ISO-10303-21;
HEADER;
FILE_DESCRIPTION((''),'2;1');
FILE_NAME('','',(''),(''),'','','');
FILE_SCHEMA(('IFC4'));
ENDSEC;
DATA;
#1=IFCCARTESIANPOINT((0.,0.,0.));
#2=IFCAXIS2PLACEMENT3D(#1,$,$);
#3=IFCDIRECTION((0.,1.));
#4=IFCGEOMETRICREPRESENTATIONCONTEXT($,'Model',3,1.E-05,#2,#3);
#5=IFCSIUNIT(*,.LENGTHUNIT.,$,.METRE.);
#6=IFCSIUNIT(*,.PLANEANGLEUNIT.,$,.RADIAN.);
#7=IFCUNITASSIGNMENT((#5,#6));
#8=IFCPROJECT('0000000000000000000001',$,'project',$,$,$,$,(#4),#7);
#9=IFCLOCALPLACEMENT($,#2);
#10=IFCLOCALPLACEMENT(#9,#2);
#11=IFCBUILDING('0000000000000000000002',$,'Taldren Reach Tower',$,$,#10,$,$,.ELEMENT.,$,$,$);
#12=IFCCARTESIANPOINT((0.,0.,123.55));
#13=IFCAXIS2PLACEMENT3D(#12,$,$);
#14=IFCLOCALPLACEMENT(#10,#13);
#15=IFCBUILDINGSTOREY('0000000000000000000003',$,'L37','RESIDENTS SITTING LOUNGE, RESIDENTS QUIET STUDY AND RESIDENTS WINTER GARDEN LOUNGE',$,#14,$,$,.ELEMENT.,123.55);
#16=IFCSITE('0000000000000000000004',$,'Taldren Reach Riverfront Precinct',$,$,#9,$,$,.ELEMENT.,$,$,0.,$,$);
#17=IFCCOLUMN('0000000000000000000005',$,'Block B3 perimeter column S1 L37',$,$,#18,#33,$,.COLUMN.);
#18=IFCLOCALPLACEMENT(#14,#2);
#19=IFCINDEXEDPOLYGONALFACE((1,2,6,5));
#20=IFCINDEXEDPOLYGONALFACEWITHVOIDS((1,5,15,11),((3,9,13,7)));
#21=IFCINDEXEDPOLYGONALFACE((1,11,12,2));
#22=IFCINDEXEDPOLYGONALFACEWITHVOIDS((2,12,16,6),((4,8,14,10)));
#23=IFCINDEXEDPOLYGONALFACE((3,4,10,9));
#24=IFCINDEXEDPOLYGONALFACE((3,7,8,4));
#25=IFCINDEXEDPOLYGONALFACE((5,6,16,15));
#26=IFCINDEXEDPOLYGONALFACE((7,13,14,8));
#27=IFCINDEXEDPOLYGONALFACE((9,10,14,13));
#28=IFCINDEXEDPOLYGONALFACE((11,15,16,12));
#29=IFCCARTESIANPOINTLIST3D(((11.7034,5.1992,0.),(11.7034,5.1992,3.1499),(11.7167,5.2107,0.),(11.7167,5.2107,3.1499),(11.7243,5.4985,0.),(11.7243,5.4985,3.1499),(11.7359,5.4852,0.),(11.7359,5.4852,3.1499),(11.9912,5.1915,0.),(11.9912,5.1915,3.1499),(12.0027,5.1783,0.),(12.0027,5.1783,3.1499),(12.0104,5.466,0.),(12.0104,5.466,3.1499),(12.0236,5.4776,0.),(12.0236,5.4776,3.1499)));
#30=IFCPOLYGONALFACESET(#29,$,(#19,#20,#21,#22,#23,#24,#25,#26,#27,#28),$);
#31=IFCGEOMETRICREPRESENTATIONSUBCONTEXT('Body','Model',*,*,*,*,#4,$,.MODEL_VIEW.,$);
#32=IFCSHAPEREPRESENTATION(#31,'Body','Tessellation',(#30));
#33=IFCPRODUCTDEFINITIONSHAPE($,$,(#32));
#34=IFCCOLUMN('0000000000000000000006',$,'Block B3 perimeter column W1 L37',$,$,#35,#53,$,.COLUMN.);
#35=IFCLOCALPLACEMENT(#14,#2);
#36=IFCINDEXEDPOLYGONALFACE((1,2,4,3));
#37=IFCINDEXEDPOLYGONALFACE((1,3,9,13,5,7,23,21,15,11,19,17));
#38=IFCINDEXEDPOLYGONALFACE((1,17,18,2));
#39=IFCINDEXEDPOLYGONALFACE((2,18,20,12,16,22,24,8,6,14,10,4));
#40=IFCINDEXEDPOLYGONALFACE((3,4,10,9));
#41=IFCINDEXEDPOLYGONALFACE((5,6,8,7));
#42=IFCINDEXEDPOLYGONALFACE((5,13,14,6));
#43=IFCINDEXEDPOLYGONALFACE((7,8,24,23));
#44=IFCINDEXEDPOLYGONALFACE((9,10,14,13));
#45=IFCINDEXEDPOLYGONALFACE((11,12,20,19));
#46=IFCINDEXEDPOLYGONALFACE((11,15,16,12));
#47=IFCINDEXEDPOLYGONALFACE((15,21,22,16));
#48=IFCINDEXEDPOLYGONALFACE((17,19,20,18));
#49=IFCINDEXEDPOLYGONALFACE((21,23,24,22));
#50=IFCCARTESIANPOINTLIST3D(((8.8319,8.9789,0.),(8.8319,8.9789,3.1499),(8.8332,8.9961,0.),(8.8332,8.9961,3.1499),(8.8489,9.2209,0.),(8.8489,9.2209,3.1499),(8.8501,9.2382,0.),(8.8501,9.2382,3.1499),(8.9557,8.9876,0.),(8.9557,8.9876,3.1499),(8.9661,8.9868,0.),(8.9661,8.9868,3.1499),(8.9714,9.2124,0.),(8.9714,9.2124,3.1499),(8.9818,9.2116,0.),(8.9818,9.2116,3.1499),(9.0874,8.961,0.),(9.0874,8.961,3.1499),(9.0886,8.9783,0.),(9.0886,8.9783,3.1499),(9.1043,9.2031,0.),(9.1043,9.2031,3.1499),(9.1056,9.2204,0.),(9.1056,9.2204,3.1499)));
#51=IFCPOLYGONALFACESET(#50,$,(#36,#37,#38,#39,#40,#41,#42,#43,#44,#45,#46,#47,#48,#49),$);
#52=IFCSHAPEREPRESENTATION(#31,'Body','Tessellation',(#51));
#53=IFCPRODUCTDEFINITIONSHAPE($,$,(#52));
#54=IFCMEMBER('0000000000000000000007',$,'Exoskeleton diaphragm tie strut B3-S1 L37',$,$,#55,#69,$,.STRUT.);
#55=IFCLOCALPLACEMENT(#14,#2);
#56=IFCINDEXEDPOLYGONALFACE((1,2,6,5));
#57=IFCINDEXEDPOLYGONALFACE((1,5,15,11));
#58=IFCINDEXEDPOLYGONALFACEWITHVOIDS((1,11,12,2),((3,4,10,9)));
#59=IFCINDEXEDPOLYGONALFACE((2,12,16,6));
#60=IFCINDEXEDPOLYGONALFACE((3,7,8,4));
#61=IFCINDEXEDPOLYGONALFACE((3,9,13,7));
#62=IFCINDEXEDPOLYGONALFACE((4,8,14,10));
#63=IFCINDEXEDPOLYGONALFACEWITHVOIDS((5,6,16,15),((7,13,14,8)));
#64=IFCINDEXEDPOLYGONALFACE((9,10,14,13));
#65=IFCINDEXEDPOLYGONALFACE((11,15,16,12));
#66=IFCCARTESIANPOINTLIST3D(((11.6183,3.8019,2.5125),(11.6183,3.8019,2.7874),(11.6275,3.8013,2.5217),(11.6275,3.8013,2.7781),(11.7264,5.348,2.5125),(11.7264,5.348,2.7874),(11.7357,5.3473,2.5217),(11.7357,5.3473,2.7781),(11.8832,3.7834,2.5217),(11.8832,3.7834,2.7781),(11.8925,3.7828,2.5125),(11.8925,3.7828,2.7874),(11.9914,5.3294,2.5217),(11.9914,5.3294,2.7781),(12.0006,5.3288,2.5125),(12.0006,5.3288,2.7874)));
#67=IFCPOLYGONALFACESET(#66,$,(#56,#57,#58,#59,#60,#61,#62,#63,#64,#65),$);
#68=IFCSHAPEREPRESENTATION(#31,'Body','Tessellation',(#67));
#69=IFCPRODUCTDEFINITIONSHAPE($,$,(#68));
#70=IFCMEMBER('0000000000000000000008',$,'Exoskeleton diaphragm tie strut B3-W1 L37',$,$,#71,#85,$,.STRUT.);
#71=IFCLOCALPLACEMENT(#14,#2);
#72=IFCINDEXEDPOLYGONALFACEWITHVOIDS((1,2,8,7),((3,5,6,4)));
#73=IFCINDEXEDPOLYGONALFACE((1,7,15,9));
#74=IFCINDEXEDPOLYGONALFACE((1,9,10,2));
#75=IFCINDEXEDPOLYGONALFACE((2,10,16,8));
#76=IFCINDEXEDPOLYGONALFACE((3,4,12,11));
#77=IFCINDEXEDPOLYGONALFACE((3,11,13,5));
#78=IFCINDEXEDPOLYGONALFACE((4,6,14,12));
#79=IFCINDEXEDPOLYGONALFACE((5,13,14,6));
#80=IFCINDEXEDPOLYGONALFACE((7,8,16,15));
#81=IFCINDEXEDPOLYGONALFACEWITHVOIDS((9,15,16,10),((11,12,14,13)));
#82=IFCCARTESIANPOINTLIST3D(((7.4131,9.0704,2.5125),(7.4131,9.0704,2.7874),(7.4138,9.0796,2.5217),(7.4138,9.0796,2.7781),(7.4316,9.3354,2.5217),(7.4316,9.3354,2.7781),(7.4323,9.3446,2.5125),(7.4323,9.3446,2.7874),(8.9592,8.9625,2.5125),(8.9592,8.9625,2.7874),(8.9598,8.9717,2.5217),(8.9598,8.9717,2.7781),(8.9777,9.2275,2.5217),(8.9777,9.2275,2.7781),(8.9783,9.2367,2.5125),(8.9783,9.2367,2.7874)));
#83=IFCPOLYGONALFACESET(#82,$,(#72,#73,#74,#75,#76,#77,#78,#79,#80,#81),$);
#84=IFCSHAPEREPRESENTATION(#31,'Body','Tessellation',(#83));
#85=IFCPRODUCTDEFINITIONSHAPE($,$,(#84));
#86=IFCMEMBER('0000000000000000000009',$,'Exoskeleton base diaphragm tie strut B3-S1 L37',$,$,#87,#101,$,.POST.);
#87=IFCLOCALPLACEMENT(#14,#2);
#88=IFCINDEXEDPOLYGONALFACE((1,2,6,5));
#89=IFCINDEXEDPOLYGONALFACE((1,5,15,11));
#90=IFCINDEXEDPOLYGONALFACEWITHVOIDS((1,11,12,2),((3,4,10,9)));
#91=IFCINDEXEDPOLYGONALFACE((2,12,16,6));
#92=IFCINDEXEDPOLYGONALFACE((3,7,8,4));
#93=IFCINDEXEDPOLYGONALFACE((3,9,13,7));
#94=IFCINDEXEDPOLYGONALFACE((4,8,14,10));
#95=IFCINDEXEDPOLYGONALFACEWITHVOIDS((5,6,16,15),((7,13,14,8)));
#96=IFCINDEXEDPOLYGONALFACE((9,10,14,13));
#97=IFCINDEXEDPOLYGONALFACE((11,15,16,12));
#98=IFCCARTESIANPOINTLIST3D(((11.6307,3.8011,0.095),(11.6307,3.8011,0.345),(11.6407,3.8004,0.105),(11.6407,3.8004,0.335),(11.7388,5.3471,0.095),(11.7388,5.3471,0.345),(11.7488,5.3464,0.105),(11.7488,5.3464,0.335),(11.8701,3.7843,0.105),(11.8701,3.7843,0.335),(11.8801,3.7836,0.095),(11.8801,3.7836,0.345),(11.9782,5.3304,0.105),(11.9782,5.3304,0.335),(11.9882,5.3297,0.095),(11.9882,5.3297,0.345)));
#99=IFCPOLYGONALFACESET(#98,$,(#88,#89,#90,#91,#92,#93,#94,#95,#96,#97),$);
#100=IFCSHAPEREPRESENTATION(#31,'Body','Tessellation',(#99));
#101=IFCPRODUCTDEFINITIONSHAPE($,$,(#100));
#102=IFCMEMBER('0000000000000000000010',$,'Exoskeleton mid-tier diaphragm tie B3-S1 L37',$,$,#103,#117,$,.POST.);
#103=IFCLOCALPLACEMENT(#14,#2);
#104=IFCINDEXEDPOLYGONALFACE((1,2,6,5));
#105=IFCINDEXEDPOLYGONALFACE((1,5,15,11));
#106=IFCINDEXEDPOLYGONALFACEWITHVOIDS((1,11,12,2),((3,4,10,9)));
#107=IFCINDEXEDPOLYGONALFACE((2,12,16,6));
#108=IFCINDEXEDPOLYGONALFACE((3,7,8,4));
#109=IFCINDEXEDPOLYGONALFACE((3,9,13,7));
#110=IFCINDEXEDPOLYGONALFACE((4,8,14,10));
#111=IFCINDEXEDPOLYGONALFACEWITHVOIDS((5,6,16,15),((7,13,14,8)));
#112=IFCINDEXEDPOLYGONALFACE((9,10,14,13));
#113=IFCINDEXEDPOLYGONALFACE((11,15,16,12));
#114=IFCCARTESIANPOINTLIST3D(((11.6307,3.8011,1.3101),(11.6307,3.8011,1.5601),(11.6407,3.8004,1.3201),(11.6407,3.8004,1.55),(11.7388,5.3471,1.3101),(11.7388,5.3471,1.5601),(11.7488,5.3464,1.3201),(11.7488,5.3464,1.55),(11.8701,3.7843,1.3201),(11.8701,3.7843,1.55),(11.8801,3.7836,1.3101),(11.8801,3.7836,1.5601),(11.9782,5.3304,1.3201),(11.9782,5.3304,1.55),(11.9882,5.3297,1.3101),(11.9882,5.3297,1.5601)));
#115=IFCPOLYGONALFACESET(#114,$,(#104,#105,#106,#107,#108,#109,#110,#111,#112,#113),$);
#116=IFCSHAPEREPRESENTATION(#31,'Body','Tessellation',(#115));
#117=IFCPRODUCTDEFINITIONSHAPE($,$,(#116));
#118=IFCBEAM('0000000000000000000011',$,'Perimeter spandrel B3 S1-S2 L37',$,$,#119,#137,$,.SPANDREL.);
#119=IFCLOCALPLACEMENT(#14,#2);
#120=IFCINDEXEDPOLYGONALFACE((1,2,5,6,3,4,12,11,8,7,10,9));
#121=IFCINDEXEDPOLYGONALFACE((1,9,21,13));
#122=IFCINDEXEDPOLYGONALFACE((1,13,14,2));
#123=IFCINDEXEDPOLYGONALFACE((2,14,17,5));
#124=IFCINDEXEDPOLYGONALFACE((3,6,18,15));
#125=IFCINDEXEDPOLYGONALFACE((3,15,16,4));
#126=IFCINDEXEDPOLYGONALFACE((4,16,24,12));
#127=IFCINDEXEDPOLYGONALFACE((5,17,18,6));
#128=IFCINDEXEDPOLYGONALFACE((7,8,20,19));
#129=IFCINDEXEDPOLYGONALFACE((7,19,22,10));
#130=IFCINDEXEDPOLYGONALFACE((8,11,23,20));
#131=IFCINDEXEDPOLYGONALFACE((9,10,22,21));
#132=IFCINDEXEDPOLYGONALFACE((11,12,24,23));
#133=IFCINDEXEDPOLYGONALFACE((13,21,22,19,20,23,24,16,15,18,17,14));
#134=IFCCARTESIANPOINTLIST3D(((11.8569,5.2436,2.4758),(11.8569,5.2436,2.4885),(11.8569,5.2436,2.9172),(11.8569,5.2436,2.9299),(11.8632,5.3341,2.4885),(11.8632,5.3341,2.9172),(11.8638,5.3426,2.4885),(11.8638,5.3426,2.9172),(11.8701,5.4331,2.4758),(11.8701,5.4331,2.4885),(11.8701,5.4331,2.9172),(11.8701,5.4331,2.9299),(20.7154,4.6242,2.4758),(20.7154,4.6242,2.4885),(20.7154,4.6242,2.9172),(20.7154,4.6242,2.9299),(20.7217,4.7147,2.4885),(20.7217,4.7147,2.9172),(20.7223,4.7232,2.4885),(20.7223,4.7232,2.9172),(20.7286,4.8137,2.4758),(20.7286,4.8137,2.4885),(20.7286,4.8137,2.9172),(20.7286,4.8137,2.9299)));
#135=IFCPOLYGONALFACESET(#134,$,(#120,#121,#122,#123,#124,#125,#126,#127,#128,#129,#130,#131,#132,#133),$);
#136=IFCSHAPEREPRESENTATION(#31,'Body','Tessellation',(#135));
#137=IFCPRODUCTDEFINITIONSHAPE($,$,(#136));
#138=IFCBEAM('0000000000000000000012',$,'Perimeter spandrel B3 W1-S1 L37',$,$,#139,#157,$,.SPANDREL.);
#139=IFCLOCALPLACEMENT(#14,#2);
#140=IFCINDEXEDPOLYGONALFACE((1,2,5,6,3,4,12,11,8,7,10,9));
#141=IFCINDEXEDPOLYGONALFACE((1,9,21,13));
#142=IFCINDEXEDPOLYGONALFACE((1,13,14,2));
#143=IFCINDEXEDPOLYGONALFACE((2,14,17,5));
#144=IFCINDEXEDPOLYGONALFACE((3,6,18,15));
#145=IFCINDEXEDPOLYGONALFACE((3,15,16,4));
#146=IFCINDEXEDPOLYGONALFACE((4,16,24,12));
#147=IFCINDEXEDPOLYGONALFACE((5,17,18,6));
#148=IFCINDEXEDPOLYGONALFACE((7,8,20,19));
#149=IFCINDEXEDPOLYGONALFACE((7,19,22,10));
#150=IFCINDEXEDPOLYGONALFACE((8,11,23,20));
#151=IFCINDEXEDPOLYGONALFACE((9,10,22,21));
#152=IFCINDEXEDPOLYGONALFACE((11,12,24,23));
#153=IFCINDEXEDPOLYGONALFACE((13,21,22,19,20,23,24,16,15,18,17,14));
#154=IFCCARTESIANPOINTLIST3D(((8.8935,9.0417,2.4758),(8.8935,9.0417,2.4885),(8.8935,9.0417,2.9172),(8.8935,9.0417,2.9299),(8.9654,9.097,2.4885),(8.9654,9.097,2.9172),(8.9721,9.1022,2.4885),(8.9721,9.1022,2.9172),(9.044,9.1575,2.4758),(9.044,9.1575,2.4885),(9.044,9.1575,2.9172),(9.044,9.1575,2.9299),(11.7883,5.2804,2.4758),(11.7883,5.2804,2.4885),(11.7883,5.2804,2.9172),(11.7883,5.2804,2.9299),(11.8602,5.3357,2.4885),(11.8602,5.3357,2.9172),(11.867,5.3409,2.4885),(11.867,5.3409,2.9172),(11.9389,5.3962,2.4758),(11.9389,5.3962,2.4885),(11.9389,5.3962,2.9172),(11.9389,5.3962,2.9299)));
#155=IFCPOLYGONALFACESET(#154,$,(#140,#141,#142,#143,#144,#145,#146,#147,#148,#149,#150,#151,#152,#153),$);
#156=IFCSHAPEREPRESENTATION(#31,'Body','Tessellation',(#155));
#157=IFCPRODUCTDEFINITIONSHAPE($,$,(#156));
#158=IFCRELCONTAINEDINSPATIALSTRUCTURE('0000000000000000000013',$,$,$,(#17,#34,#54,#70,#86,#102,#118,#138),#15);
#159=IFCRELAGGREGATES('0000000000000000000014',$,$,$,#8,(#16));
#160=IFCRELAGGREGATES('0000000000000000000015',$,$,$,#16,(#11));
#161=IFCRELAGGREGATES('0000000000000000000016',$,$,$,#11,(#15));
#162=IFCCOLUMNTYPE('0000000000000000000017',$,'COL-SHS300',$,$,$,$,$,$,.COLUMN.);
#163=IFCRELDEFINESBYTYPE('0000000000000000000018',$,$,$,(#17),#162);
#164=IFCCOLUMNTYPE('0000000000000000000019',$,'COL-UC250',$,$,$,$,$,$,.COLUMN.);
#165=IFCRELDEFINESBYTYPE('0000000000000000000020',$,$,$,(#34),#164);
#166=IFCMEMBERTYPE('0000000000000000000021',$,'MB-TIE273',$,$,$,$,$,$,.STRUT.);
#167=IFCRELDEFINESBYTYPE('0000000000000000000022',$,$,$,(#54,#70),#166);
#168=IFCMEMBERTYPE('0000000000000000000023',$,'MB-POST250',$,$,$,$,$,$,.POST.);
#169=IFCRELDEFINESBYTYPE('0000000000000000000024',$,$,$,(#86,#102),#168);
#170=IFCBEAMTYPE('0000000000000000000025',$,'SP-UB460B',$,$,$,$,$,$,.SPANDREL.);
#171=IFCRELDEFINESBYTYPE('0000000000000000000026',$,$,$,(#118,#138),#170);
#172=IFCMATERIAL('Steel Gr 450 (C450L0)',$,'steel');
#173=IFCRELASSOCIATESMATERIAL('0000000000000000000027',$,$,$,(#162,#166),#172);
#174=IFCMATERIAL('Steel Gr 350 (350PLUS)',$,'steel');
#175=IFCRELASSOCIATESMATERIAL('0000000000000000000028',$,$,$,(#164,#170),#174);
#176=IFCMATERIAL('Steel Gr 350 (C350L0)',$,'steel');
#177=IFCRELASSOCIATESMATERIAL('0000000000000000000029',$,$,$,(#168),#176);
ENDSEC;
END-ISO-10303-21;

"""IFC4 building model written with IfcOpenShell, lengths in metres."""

from ifc_helpers import new_model, si_unit, direction, frame, origin, origin_2d, place, context, subcontext, project, spatial, hollow_rectangle, i_section, extrude, source, transform, mapped, material, material_profile, profile_set, type_object, element, save


model = new_model("IFC4")

# Units and contexts
model_context = context("Model", 3, precision=1e-05, world=origin(), true_north=direction((0.0, 1.0)))
body_context = subcontext(model_context, "Body", "Model", "MODEL_VIEW")
ifc_project = project(units=[si_unit("LENGTHUNIT", "METRE"), si_unit("PLANEANGLEUNIT", "RADIAN")], contexts=[model_context])

# Site, building, storey
site_placement = place(None, origin())
site = spatial("IfcSite", under=ifc_project, at=site_placement, Name="Taldren Reach Riverfront Precinct", CompositionType="ELEMENT", RefElevation=0.0)
building_placement = place(site_placement, origin())
building = spatial("IfcBuilding", under=site, at=building_placement, Name="Taldren Reach Tower", CompositionType="ELEMENT")
storey_placement = place(building_placement, frame((0.0, 0.0, 123.55)))
storey = spatial("IfcBuildingStorey", under=building, at=storey_placement, Name="L37", Description="RESIDENTS SITTING LOUNGE, RESIDENTS QUIET STUDY AND RESIDENTS WINTER GARDEN LOUNGE", CompositionType="ELEMENT", Elevation=123.55)

# Columns
ifc_material_1 = material(Name="Steel Gr 450 (C450L0)", Category="steel")
ifc_material_profile_1 = material_profile(ifc_material_1, hollow_rectangle(XDim=0.3, YDim=0.3, WallThickness=0.0125, at=origin_2d()), Name="300x300x12.5SHS")
ifc_profile_set_1 = profile_set([ifc_material_profile_1], Name="Steel Gr 450 (C450L0)")
column_type_1 = type_object("IfcColumnType", Name="COL-SHS300", PredefinedType="COLUMN", material=ifc_profile_set_1)
shared_shape_1 = source(origin(), body_context, "Body", "SweptSolid", [
    extrude(hollow_rectangle(XDim=0.3, YDim=0.3, WallThickness=0.0125, at=origin_2d()), origin(), (0.0, 0.0, 1.0), 3.1499),
])
column_1_placement = place(storey_placement, frame((11.8635, 5.3384, 0.0), z_axis=(0.0, 0.0, 1.0), x_axis=(0.997564, -0.069756, 0.0)))
element("IfcColumn", 1, at=column_1_placement, inside=storey, type_object=column_type_1, Name="Block B3 perimeter column S1 L37", PredefinedType="COLUMN", context=body_context, shape_type="MappedRepresentation", body=[
    mapped(shared_shape_1, transform((0.0, 0.0, 0.0), scale=1.0)),
])
ifc_material_2 = material(Name="Steel Gr 350 (350PLUS)", Category="steel")
ifc_material_profile_2 = material_profile(ifc_material_2, i_section(OverallWidth=0.2561, OverallDepth=0.26, WebThickness=0.0105, FlangeThickness=0.0173, at=origin_2d()), Name="250UC89.5")
ifc_profile_set_2 = profile_set([ifc_material_profile_2], Name="Steel Gr 350 (350PLUS)")
column_type_2 = type_object("IfcColumnType", Name="COL-UC250", PredefinedType="COLUMN", material=ifc_profile_set_2)
shared_shape_2 = source(origin(), body_context, "Body", "SweptSolid", [
    extrude(i_section(OverallWidth=0.2561, OverallDepth=0.26, WebThickness=0.0105, FlangeThickness=0.0173, at=origin_2d()), origin(), (0.0, 0.0, 1.0), 3.1499),
])
column_2_placement = place(storey_placement, frame((8.9688, 9.0996, 0.0), z_axis=(0.0, 0.0, 1.0), x_axis=(0.997564, -0.069756, 0.0)))
element("IfcColumn", 2, at=column_2_placement, inside=storey, type_object=column_type_2, Name="Block B3 perimeter column W1 L37", PredefinedType="COLUMN", context=body_context, shape_type="MappedRepresentation", body=[
    mapped(shared_shape_2, transform((0.0, 0.0, 0.0), scale=1.0)),
])

# Members
ifc_material_profile_3 = material_profile(ifc_material_1, hollow_rectangle(XDim=0.2749, YDim=0.2749, WallThickness=0.0093, at=origin_2d()), Name="275x275x9.3SHS")
ifc_profile_set_3 = profile_set([ifc_material_profile_3], Name="Steel Gr 450 (C450L0)")
member_type_1 = type_object("IfcMemberType", Name="MB-TIE273", PredefinedType="STRUT", material=ifc_profile_set_3)
shared_shape_3 = source(origin(), body_context, "Body", "SweptSolid", [
    extrude(hollow_rectangle(XDim=0.2749, YDim=0.2749, WallThickness=0.0093, at=origin_2d()), origin(), (0.0, 0.0, 1.0), 1.5498),
])
for number, where, z_axis, x_axis, name in (
    (3, (11.8635, 5.3384, 2.6499), (-0.069781, -0.997562, 0.0), (0.997562, -0.069781, 0.0), "Exoskeleton diaphragm tie strut B3-S1 L37"),
    (4, (8.9688, 9.0996, 2.6499), (-0.997573, 0.069624, 0.0), (-0.069624, -0.997573, 0.0), "Exoskeleton diaphragm tie strut B3-W1 L37"),
):
    element("IfcMember", number, at=place(storey_placement, frame(where, z_axis=z_axis, x_axis=x_axis)), inside=storey, type_object=member_type_1, Name=name, PredefinedType="STRUT", context=body_context, shape_type="MappedRepresentation", body=[
        mapped(shared_shape_3, transform((0.0, 0.0, 0.0), scale=1.0)),
    ])
ifc_material_3 = material(Name="Steel Gr 350 (C350L0)", Category="steel")
ifc_material_profile_4 = material_profile(ifc_material_3, hollow_rectangle(XDim=0.25, YDim=0.25, WallThickness=0.01, at=origin_2d()), Name="250x250x10.0SHS")
ifc_profile_set_4 = profile_set([ifc_material_profile_4], Name="Steel Gr 350 (C350L0)")
member_type_2 = type_object("IfcMemberType", Name="MB-POST250", PredefinedType="POST", material=ifc_profile_set_4)
shared_shape_4 = source(origin(), body_context, "Body", "SweptSolid", [
    extrude(hollow_rectangle(XDim=0.25, YDim=0.25, WallThickness=0.01, at=origin_2d()), origin(), (0.0, 0.0, 1.0), 1.5498),
])
for number, where, z_axis, x_axis, name in (
    (5, (11.8635, 5.3384, 0.22), (-0.069781, -0.997562, 0.0), (0.997562, -0.069781, 0.0), "Exoskeleton base diaphragm tie strut B3-S1 L37"),
    (6, (11.8635, 5.3384, 1.4351), (-0.069781, -0.997562, 0.0), (0.997562, -0.069781, 0.0), "Exoskeleton mid-tier diaphragm tie B3-S1 L37"),
):
    element("IfcMember", number, at=place(storey_placement, frame(where, z_axis=z_axis, x_axis=x_axis)), inside=storey, type_object=member_type_2, Name=name, PredefinedType="POST", context=body_context, shape_type="MappedRepresentation", body=[
        mapped(shared_shape_4, transform((0.0, 0.0, 0.0), scale=1.0)),
    ])

# Beams
ifc_material_profile_5 = material_profile(ifc_material_2, i_section(OverallWidth=0.1899, OverallDepth=0.4541, WebThickness=0.0085, FlangeThickness=0.0127, at=origin_2d()), Name="460UB67.1")
ifc_profile_set_5 = profile_set([ifc_material_profile_5], Name="Steel Gr 350 (350PLUS)")
beam_type_1 = type_object("IfcBeamType", Name="SP-UB460B", PredefinedType="SPANDREL", material=ifc_profile_set_5)
shared_shape_5 = source(origin(), body_context, "Body", "SweptSolid", [
    extrude(i_section(OverallWidth=0.1899, OverallDepth=0.4541, WebThickness=0.0085, FlangeThickness=0.0127, at=origin_2d()), origin(), (0.0, 0.0, 1.0), 8.8801),
])
beam_1_placement = place(storey_placement, frame((11.8635, 5.3384, 2.7029), z_axis=(0.997564, -0.06975, 0.0), x_axis=(0.06975, 0.997564, 0.0)))
element("IfcBeam", 7, at=beam_1_placement, inside=storey, type_object=beam_type_1, Name="Perimeter spandrel B3 S1-S2 L37", PredefinedType="SPANDREL", context=body_context, shape_type="MappedRepresentation", body=[
    mapped(shared_shape_5, transform((0.0, 0.0, 0.0), scale=1.0)),
])
shared_shape_6 = source(origin(), body_context, "Body", "SweptSolid", [
    extrude(i_section(OverallWidth=0.1899, OverallDepth=0.4541, WebThickness=0.0085, FlangeThickness=0.0127, at=origin_2d()), origin(), (0.0, 0.0, 1.0), 4.7463),
])
beam_2_placement = place(storey_placement, frame((8.9688, 9.0996, 2.7029), z_axis=(0.609912, -0.792469, 0.0), x_axis=(0.792469, 0.609912, 0.0)))
element("IfcBeam", 8, at=beam_2_placement, inside=storey, type_object=beam_type_1, Name="Perimeter spandrel B3 W1-S1 L37", PredefinedType="SPANDREL", context=body_context, shape_type="MappedRepresentation", body=[
    mapped(shared_shape_6, transform((0.0, 0.0, 0.0), scale=1.0)),
])

save(model, "model.ifc")
